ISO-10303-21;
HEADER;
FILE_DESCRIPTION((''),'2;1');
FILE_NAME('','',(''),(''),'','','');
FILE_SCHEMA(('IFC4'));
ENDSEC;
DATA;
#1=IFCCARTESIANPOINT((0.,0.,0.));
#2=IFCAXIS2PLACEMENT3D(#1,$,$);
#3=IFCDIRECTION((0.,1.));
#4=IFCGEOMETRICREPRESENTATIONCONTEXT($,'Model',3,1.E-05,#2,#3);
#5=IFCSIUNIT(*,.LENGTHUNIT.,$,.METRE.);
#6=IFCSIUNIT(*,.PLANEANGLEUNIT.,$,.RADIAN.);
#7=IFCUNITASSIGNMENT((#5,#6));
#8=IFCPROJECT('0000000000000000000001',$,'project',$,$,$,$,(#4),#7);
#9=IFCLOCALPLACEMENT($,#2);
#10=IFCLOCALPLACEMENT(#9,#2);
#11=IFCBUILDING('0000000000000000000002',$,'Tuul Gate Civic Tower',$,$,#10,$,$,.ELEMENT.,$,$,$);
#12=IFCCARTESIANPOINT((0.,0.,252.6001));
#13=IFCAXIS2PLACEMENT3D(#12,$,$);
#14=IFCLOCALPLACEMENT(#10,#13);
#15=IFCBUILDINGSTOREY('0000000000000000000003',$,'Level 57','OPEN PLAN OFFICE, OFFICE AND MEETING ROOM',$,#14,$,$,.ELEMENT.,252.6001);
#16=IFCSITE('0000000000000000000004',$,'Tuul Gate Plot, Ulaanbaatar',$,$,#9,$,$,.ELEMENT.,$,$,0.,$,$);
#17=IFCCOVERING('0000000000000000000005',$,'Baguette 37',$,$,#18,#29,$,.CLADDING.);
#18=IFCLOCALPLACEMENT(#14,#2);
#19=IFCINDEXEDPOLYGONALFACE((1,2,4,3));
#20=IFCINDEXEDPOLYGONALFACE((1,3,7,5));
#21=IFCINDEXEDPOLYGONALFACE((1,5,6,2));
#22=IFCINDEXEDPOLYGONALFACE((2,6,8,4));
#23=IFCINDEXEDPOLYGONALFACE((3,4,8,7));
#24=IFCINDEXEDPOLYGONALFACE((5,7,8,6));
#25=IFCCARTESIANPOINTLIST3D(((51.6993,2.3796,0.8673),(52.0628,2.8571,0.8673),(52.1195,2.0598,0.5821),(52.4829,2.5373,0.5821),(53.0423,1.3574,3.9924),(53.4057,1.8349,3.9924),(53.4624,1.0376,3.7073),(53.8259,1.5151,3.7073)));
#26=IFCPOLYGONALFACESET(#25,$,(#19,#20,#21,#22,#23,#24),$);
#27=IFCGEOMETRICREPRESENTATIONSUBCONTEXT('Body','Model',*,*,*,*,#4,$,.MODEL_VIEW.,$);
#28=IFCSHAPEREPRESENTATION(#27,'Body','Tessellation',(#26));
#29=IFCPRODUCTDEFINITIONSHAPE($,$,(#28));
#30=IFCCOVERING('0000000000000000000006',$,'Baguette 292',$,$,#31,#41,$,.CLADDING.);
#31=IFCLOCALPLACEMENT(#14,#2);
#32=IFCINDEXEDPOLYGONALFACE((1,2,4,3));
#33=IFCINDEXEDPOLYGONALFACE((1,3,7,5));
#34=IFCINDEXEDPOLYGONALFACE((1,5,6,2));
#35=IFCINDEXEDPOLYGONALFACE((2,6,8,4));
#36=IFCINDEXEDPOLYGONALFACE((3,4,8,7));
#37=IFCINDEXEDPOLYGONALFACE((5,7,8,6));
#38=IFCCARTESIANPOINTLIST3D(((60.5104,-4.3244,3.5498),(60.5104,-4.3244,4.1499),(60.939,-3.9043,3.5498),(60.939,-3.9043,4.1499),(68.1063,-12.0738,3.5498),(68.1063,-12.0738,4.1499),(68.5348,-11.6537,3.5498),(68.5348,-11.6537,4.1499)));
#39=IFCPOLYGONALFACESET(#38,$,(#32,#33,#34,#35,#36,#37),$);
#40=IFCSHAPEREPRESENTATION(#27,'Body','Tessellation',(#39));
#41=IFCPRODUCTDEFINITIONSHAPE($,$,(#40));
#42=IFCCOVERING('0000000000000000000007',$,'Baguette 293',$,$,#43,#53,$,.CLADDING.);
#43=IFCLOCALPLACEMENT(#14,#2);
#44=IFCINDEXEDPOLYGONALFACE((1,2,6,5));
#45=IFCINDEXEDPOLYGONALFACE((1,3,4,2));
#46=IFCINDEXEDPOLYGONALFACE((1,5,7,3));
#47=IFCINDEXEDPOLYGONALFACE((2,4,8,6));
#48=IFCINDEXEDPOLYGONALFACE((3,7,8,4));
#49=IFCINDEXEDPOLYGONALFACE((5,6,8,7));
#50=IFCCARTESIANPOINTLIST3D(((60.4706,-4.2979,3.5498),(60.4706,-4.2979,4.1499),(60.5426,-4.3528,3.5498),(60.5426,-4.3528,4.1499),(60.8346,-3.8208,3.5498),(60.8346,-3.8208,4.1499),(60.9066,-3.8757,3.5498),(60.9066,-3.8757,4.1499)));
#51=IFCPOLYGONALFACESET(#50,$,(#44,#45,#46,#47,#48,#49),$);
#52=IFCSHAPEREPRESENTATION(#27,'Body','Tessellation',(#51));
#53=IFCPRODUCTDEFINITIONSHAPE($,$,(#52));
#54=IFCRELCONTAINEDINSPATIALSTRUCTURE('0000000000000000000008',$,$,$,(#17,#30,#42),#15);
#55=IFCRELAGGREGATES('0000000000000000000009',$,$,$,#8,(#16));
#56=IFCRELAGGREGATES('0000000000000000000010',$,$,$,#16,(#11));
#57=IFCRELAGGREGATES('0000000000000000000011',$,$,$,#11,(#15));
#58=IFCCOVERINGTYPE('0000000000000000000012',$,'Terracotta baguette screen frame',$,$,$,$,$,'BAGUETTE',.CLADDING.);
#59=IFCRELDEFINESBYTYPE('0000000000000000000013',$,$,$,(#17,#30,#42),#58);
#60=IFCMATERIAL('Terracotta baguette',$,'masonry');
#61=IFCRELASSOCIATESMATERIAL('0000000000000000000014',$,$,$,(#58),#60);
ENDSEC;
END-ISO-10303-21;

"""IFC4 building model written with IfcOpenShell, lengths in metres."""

from ifc_helpers import new_model, si_unit, direction, frame, origin, origin_2d, place, context, subcontext, project, spatial, rectangle, extrude, material, material_profile, profile_set, type_object, element, save


model = new_model("IFC4")

# Units and contexts
model_context = context("Model", 3, precision=1e-05, world=origin(), true_north=direction((0.0, 1.0)))
body_context = subcontext(model_context, "Body", "Model", "MODEL_VIEW")
ifc_project = project(units=[si_unit("LENGTHUNIT", "METRE"), si_unit("PLANEANGLEUNIT", "RADIAN")], contexts=[model_context])

# Site, building, storey
site_placement = place(None, origin())
site = spatial("IfcSite", under=ifc_project, at=site_placement, Name="Tuul Gate Plot, Ulaanbaatar", CompositionType="ELEMENT", RefElevation=0.0)
building_placement = place(site_placement, origin())
building = spatial("IfcBuilding", under=site, at=building_placement, Name="Tuul Gate Civic Tower", CompositionType="ELEMENT")
storey_placement = place(building_placement, frame((0.0, 0.0, 252.6001)))
storey = spatial("IfcBuildingStorey", under=building, at=storey_placement, Name="Level 57", Description="OPEN PLAN OFFICE, OFFICE AND MEETING ROOM", CompositionType="ELEMENT", Elevation=252.6001)

# Coverings
ifc_material_1 = material(Name="Terracotta baguette", Category="masonry")
ifc_material_profile_1 = material_profile(ifc_material_1, rectangle(XDim=0.6001, YDim=0.6001, at=origin_2d()), Name="Terracotta baguette screen frame")
ifc_profile_set_1 = profile_set([ifc_material_profile_1], Name="Terracotta baguette")
covering_type = type_object("IfcCoveringType", Name="Terracotta baguette screen frame", ElementType="BAGUETTE", PredefinedType="CLADDING", material=ifc_profile_set_1)
covering_1_placement = place(storey_placement, frame((53.4341, 1.4363, 3.8499), z_axis=(-0.378116, 0.287797, -0.879887), x_axis=(-0.605655, -0.795727, 0.0)))
element("IfcCovering", 1, at=covering_1_placement, inside=storey, type_object=covering_type, Name="Baguette 37", PredefinedType="CLADDING", context=body_context, shape_type="SweptSolid", body=[
    extrude(rectangle(XDim=0.6001, YDim=0.6001, at=origin_2d()), origin(), (0.0, 0.0, 1.0), 3.5518),
])
covering_2_placement = place(storey_placement, frame((68.3206, -11.8638, 3.8499), z_axis=(-0.699996, 0.714147, 0.0), x_axis=(-0.714147, -0.699996, 0.0)))
element("IfcCovering", 2, at=covering_2_placement, inside=storey, type_object=covering_type, Name="Baguette 292", PredefinedType="CLADDING", context=body_context, shape_type="SweptSolid", body=[
    extrude(rectangle(XDim=0.6001, YDim=0.6001, at=origin_2d()), origin(), (0.0, 0.0, 1.0), 10.8513),
])
covering_3_placement = place(storey_placement, frame((60.7246, -4.1143, 3.8499), z_axis=(-0.795122, 0.606449, 0.0), x_axis=(-0.606449, -0.795122, 0.0)))
element("IfcCovering", 3, at=covering_3_placement, inside=storey, type_object=covering_type, Name="Baguette 293", PredefinedType="CLADDING", context=body_context, shape_type="SweptSolid", body=[
    extrude(rectangle(XDim=0.6001, YDim=0.6001, at=origin_2d()), origin(), (0.0, 0.0, 1.0), 0.0906),
])

save(model, "model.ifc")
